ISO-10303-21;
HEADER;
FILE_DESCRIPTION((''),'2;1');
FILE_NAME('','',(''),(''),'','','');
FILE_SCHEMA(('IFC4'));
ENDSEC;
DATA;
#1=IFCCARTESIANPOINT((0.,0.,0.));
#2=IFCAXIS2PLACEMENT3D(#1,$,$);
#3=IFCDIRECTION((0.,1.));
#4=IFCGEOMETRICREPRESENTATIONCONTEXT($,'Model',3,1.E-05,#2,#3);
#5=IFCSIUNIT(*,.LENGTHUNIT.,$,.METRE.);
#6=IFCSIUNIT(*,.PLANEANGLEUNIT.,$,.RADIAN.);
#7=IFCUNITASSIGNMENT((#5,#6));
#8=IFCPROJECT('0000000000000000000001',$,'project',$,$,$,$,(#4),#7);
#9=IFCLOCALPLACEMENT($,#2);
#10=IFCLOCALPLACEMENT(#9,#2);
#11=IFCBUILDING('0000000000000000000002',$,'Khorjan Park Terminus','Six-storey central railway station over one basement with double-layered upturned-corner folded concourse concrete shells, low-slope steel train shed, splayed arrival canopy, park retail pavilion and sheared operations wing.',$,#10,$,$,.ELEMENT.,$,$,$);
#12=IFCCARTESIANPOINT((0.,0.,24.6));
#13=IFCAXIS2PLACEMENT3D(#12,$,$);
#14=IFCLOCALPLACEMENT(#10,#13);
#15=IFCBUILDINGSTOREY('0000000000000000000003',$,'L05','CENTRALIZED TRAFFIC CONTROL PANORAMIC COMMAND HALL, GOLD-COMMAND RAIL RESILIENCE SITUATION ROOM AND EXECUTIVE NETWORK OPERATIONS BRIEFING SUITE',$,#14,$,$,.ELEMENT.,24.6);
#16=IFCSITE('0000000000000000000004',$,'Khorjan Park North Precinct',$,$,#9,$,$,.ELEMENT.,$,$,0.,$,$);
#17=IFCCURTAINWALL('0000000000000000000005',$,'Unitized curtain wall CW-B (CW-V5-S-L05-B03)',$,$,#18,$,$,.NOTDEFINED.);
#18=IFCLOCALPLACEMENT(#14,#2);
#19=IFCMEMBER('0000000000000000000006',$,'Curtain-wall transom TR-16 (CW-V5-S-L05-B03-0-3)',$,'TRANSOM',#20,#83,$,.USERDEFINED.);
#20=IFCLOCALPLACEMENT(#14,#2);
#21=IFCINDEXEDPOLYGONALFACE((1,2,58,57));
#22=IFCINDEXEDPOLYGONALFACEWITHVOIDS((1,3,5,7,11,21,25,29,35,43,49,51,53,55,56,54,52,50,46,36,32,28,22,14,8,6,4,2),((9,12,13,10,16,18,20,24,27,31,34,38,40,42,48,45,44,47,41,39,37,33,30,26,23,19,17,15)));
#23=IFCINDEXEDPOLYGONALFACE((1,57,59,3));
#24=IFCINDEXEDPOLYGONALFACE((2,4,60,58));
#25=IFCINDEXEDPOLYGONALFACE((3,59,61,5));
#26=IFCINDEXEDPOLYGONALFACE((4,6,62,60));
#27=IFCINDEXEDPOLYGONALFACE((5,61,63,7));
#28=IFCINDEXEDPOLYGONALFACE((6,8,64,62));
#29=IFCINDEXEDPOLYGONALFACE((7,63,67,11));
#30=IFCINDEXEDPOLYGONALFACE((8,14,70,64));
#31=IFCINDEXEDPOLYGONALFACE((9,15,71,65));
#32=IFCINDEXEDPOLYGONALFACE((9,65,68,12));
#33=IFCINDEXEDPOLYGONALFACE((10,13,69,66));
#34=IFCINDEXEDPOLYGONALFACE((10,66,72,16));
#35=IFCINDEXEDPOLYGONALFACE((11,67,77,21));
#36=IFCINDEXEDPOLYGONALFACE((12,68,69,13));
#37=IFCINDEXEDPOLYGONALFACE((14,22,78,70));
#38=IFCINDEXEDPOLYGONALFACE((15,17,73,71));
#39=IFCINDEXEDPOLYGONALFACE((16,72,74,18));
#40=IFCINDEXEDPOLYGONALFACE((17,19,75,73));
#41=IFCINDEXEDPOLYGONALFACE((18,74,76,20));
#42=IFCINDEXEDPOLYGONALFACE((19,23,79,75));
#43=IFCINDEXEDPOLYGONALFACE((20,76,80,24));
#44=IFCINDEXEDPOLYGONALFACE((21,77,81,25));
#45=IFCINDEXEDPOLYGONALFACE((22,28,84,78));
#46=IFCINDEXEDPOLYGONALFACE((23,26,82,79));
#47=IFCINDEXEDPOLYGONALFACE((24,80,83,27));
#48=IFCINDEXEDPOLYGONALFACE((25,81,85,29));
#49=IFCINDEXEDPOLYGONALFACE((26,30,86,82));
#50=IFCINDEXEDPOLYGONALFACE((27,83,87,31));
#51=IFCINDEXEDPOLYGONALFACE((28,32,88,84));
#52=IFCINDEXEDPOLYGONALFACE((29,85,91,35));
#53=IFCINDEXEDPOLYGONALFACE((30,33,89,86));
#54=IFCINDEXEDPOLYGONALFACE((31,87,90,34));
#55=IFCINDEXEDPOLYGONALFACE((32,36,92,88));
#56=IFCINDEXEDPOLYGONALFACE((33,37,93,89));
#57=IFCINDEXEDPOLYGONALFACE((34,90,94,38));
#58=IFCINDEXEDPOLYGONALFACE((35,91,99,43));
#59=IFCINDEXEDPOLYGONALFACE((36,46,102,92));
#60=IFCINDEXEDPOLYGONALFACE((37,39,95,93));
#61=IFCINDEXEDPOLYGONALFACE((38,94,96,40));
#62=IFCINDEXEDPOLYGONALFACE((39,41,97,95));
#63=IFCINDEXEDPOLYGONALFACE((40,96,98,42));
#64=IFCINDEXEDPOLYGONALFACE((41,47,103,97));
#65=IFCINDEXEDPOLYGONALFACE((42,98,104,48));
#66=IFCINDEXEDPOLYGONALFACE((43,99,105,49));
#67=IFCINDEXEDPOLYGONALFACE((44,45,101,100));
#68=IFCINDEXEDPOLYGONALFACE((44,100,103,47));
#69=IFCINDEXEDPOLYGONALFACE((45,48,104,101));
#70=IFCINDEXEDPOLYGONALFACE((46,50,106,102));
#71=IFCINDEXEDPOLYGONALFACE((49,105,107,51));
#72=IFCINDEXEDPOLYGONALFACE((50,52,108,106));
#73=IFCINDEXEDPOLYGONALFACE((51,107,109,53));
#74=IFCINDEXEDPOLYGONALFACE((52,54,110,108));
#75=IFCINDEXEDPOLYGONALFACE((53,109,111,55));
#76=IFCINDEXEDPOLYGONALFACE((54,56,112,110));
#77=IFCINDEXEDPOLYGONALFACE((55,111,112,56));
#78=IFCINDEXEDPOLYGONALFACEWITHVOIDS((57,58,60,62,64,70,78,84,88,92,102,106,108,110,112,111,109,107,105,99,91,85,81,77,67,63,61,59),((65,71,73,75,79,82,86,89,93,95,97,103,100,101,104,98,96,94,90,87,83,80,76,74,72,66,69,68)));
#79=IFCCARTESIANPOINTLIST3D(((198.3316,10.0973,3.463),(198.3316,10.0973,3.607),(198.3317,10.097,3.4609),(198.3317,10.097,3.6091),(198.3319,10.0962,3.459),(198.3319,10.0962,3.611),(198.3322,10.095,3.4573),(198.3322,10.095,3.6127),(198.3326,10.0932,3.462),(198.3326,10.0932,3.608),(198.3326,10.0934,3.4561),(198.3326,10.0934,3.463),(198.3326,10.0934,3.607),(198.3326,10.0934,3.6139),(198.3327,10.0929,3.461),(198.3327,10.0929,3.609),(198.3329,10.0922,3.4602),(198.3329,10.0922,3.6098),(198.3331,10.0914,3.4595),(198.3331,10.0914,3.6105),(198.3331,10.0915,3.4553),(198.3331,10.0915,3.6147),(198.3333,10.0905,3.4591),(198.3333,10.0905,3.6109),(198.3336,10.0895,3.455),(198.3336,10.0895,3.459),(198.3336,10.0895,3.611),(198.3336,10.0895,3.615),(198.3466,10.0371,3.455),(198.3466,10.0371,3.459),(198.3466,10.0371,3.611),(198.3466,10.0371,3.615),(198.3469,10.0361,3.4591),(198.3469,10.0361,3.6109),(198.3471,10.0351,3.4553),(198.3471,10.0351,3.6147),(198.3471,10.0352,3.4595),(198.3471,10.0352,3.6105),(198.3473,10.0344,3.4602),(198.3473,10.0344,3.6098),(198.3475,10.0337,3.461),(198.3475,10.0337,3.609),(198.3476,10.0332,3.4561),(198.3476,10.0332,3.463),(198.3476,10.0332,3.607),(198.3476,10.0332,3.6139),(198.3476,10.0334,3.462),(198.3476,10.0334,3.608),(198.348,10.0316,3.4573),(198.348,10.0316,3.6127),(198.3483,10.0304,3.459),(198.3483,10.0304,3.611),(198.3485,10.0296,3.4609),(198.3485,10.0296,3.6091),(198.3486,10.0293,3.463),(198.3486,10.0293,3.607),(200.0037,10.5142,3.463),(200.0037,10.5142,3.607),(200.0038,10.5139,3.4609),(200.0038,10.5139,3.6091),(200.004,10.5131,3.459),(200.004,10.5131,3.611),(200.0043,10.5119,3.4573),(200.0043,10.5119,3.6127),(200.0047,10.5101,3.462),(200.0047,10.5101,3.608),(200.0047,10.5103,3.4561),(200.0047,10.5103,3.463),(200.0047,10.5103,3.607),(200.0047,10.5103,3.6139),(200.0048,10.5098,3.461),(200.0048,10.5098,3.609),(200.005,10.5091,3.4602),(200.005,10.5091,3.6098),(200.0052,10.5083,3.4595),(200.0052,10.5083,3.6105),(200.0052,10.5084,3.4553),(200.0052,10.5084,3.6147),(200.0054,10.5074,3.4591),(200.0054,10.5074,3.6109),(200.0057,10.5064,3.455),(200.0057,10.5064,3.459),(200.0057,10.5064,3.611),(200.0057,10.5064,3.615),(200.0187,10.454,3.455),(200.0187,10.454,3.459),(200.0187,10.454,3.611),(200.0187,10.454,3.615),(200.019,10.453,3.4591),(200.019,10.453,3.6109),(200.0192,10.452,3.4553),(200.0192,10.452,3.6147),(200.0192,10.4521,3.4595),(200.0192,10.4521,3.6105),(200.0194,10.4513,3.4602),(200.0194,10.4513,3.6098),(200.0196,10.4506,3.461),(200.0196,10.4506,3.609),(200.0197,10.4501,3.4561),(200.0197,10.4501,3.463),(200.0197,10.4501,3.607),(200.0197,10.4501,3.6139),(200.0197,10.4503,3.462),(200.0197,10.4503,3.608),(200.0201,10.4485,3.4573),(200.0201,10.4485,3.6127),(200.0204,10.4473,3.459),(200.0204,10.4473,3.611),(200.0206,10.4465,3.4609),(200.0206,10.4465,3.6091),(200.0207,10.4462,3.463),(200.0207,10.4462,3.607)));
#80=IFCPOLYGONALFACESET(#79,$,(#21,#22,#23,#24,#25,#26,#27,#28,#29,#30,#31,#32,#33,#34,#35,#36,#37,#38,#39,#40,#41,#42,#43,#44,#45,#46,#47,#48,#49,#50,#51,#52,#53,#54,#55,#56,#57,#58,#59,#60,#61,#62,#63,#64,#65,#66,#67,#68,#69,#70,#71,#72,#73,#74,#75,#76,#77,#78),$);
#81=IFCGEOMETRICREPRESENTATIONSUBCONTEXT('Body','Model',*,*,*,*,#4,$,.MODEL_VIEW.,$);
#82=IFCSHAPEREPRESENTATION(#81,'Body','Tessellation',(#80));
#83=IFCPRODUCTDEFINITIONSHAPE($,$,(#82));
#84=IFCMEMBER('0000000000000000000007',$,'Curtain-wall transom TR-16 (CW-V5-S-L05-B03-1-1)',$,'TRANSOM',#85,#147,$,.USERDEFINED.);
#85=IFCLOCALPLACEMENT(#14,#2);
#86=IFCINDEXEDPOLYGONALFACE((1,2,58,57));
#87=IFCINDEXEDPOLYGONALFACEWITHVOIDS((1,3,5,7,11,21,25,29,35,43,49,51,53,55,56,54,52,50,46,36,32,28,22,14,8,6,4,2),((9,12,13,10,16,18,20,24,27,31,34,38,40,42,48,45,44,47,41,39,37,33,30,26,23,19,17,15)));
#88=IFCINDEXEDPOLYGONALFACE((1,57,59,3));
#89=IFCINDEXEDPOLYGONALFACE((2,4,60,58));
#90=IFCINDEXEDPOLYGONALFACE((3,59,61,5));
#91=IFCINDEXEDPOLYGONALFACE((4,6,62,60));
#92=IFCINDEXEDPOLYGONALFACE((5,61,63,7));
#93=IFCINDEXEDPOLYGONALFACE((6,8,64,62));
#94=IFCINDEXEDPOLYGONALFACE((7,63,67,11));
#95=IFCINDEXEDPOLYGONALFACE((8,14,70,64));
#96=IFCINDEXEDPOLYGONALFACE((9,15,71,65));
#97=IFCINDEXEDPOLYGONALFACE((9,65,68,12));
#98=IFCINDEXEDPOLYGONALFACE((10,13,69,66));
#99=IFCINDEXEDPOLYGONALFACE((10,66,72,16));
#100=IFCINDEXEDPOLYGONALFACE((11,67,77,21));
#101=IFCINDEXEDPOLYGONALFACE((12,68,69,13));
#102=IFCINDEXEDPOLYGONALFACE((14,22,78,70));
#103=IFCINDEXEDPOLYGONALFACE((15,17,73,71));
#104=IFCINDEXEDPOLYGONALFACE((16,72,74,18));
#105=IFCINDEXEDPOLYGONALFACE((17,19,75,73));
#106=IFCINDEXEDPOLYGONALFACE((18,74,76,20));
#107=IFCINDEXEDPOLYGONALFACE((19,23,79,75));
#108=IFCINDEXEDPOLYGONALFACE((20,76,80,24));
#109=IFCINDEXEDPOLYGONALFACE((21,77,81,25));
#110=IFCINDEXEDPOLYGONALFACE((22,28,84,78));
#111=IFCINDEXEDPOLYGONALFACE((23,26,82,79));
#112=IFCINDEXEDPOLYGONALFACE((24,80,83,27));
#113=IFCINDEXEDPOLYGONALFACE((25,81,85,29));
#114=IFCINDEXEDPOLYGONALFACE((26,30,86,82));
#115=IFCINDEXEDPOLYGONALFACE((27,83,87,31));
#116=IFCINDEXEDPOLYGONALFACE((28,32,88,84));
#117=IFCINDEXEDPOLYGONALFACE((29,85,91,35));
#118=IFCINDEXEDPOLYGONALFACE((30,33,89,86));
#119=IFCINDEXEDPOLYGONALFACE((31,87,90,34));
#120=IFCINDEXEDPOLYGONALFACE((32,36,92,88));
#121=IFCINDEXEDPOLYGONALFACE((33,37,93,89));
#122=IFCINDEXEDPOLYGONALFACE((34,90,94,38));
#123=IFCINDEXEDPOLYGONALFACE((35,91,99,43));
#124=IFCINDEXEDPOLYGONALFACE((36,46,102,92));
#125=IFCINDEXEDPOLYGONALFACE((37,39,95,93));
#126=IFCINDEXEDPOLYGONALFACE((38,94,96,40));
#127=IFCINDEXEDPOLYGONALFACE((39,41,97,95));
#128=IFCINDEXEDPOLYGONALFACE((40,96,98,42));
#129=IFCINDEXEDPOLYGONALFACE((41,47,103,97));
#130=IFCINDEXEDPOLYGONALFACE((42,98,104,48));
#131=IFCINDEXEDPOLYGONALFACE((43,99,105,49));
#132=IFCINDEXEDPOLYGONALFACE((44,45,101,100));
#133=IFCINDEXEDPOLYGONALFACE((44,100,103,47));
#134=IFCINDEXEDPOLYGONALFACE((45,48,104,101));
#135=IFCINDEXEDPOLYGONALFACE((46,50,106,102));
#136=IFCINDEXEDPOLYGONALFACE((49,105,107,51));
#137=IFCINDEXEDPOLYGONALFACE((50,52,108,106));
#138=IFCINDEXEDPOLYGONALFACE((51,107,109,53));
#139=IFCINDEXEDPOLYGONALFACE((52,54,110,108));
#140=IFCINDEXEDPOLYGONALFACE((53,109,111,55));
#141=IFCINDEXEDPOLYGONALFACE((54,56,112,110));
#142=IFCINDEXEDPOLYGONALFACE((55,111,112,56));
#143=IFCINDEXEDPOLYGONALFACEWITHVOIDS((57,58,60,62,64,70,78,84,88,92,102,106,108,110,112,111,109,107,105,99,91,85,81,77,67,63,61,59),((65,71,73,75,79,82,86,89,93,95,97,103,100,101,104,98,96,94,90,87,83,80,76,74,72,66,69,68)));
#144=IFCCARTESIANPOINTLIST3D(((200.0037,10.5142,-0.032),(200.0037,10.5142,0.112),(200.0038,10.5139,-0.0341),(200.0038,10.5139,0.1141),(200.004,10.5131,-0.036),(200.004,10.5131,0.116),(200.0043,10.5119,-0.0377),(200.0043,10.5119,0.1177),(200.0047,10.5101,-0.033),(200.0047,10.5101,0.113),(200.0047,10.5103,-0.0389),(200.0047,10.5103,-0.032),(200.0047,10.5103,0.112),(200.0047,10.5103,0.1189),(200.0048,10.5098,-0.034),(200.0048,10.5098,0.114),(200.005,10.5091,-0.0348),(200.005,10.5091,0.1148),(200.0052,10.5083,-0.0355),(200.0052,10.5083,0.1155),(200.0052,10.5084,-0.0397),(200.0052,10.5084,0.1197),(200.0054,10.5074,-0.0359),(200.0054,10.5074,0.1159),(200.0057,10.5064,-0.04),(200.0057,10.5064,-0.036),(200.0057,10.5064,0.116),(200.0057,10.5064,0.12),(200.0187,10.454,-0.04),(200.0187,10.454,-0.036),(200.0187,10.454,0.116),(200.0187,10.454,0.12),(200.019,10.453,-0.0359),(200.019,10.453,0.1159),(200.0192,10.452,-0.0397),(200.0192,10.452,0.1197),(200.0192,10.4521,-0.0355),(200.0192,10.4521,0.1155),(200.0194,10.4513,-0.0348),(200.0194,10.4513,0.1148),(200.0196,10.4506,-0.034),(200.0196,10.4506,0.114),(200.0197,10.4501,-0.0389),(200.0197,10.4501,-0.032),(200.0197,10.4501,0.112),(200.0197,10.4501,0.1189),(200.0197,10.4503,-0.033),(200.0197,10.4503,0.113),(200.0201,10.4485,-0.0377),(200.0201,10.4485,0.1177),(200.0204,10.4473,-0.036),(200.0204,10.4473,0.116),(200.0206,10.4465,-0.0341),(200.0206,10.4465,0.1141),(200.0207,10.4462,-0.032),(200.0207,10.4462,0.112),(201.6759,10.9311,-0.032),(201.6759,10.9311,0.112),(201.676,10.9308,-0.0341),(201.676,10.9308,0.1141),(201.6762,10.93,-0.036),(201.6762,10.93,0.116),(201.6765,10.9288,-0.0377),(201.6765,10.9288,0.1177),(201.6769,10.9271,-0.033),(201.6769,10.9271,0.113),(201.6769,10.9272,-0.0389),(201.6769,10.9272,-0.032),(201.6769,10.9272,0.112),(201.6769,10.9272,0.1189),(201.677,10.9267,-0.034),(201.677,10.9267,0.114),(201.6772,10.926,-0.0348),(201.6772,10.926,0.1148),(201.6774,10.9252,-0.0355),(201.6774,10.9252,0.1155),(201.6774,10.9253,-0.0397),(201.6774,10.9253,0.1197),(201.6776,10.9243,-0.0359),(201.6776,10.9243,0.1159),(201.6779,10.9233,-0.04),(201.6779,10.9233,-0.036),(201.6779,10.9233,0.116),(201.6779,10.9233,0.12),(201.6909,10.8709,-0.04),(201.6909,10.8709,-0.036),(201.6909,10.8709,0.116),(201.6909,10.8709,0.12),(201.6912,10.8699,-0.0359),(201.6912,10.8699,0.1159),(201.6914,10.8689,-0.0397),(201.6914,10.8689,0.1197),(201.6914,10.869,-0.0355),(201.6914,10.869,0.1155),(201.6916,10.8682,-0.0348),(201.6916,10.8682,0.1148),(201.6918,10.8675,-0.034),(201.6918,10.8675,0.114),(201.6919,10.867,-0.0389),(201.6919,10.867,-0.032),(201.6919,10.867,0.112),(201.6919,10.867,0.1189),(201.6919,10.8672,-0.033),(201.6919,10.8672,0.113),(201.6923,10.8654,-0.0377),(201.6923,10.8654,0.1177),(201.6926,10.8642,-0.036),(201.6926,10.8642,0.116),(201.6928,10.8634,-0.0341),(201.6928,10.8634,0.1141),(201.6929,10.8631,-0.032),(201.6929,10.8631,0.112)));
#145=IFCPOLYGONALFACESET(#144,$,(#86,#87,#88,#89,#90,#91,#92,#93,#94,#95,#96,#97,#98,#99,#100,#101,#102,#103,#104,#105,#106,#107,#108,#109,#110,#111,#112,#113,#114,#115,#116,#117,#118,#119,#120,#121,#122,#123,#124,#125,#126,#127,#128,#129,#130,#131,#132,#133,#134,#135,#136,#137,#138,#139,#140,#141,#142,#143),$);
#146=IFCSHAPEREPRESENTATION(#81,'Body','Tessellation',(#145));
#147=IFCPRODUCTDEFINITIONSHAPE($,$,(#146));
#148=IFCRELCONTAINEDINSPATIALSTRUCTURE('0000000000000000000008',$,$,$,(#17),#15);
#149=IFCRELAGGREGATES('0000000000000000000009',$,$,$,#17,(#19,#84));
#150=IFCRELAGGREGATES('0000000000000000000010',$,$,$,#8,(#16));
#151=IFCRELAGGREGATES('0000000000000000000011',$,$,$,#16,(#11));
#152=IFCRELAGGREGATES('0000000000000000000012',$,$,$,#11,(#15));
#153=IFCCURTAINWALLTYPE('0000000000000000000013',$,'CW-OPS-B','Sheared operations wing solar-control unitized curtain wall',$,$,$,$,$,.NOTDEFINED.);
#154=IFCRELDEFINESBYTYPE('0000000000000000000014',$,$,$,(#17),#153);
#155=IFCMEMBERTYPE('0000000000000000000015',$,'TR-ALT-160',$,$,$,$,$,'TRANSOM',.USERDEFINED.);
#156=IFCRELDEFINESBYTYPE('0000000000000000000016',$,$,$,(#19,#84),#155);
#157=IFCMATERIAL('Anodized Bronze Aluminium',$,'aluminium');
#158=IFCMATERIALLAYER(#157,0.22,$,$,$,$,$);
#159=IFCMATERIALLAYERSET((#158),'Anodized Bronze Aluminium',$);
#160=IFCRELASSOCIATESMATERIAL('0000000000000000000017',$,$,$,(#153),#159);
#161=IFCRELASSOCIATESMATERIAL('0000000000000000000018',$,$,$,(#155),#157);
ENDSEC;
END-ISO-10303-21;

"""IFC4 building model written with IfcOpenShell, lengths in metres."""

from ifc_helpers import new_model, si_unit, direction, frame, origin, origin_2d, place, context, subcontext, project, spatial, hollow_rectangle, extrude, material, layer, layer_set, material_profile, profile_set, type_object, element, aggregate, save


model = new_model("IFC4")

# Units and contexts
model_context = context("Model", 3, precision=1e-05, world=origin(), true_north=direction((0.0, 1.0)))
body_context = subcontext(model_context, "Body", "Model", "MODEL_VIEW")
ifc_project = project(units=[si_unit("LENGTHUNIT", "METRE"), si_unit("PLANEANGLEUNIT", "RADIAN")], contexts=[model_context])

# Site, building, storey
site_placement = place(None, origin())
site = spatial("IfcSite", under=ifc_project, at=site_placement, Name="Khorjan Park North Precinct", CompositionType="ELEMENT", RefElevation=0.0)
building_placement = place(site_placement, origin())
building = spatial("IfcBuilding", under=site, at=building_placement, Name="Khorjan Park Terminus", Description="Six-storey central railway station over one basement with double-layered upturned-corner folded concourse concrete shells, low-slope steel train shed, splayed arrival canopy, park retail pavilion and sheared operations wing.", CompositionType="ELEMENT")
storey_placement = place(building_placement, frame((0.0, 0.0, 24.6)))
storey = spatial("IfcBuildingStorey", under=building, at=storey_placement, Name="L05", Description="CENTRALIZED TRAFFIC CONTROL PANORAMIC COMMAND HALL, GOLD-COMMAND RAIL RESILIENCE SITUATION ROOM AND EXECUTIVE NETWORK OPERATIONS BRIEFING SUITE", CompositionType="ELEMENT", Elevation=24.6)

# Curtain wall, members
ifc_material_1 = material(Name="Anodized Bronze Aluminium", Category="aluminium")
ifc_layer_1 = layer(ifc_material_1, 0.22)
ifc_layer_set_1 = layer_set([ifc_layer_1], Name="Anodized Bronze Aluminium")
curtain_wall_type = type_object("IfcCurtainWallType", Name="CW-OPS-B", Description="Sheared operations wing solar-control unitized curtain wall", PredefinedType="NOTDEFINED", material=ifc_layer_set_1)
curtain_wall_placement = place(storey_placement, origin())
curtain_wall = element("IfcCurtainWall", 1, at=curtain_wall_placement, inside=storey, type_object=curtain_wall_type, Name="Unitized curtain wall CW-B (CW-V5-S-L05-B03)", PredefinedType="NOTDEFINED")
ifc_material_profile_1 = material_profile(ifc_material_1, hollow_rectangle(XDim=0.07, YDim=0.16, WallThickness=0.004, InnerFilletRadius=0.004, OuterFilletRadius=0.008, at=origin_2d()), Name="ALT 70x160x4")
ifc_profile_set_1 = profile_set([ifc_material_profile_1], Name="Anodized Bronze Aluminium")
member_type_1 = type_object("IfcMemberType", Name="TR-ALT-160", ElementType="TRANSOM", PredefinedType="USERDEFINED", material=ifc_profile_set_1)
member_1_placement = place(storey_placement, frame((198.3401, 10.0633, 3.535), z_axis=(0.970296, 0.241921, 0.0), x_axis=(-0.241921, 0.970296, 0.0)))
member_1 = element("IfcMember", 2, at=member_1_placement, type_object=member_type_1, Name="Curtain-wall transom TR-16 (CW-V5-S-L05-B03-0-3)", ObjectType="TRANSOM", PredefinedType="USERDEFINED", context=body_context, shape_type="SweptSolid", body=[
    extrude(hollow_rectangle(XDim=0.07, YDim=0.16, WallThickness=0.004, InnerFilletRadius=0.004, OuterFilletRadius=0.008, at=origin_2d()), origin(), (0.0, 0.0, 1.0), 1.7233),
])
member_2_placement = place(storey_placement, frame((200.0122, 10.4802, 0.04), z_axis=(0.970299, 0.241908, 0.0), x_axis=(-0.241908, 0.970299, 0.0)))
member_2 = element("IfcMember", 3, at=member_2_placement, type_object=member_type_1, Name="Curtain-wall transom TR-16 (CW-V5-S-L05-B03-1-1)", ObjectType="TRANSOM", PredefinedType="USERDEFINED", context=body_context, shape_type="SweptSolid", body=[
    extrude(hollow_rectangle(XDim=0.07, YDim=0.16, WallThickness=0.004, InnerFilletRadius=0.004, OuterFilletRadius=0.008, at=origin_2d()), origin(), (0.0, 0.0, 1.0), 1.7234),
])
aggregate(curtain_wall, [member_1, member_2])

save(model, "model.ifc")
